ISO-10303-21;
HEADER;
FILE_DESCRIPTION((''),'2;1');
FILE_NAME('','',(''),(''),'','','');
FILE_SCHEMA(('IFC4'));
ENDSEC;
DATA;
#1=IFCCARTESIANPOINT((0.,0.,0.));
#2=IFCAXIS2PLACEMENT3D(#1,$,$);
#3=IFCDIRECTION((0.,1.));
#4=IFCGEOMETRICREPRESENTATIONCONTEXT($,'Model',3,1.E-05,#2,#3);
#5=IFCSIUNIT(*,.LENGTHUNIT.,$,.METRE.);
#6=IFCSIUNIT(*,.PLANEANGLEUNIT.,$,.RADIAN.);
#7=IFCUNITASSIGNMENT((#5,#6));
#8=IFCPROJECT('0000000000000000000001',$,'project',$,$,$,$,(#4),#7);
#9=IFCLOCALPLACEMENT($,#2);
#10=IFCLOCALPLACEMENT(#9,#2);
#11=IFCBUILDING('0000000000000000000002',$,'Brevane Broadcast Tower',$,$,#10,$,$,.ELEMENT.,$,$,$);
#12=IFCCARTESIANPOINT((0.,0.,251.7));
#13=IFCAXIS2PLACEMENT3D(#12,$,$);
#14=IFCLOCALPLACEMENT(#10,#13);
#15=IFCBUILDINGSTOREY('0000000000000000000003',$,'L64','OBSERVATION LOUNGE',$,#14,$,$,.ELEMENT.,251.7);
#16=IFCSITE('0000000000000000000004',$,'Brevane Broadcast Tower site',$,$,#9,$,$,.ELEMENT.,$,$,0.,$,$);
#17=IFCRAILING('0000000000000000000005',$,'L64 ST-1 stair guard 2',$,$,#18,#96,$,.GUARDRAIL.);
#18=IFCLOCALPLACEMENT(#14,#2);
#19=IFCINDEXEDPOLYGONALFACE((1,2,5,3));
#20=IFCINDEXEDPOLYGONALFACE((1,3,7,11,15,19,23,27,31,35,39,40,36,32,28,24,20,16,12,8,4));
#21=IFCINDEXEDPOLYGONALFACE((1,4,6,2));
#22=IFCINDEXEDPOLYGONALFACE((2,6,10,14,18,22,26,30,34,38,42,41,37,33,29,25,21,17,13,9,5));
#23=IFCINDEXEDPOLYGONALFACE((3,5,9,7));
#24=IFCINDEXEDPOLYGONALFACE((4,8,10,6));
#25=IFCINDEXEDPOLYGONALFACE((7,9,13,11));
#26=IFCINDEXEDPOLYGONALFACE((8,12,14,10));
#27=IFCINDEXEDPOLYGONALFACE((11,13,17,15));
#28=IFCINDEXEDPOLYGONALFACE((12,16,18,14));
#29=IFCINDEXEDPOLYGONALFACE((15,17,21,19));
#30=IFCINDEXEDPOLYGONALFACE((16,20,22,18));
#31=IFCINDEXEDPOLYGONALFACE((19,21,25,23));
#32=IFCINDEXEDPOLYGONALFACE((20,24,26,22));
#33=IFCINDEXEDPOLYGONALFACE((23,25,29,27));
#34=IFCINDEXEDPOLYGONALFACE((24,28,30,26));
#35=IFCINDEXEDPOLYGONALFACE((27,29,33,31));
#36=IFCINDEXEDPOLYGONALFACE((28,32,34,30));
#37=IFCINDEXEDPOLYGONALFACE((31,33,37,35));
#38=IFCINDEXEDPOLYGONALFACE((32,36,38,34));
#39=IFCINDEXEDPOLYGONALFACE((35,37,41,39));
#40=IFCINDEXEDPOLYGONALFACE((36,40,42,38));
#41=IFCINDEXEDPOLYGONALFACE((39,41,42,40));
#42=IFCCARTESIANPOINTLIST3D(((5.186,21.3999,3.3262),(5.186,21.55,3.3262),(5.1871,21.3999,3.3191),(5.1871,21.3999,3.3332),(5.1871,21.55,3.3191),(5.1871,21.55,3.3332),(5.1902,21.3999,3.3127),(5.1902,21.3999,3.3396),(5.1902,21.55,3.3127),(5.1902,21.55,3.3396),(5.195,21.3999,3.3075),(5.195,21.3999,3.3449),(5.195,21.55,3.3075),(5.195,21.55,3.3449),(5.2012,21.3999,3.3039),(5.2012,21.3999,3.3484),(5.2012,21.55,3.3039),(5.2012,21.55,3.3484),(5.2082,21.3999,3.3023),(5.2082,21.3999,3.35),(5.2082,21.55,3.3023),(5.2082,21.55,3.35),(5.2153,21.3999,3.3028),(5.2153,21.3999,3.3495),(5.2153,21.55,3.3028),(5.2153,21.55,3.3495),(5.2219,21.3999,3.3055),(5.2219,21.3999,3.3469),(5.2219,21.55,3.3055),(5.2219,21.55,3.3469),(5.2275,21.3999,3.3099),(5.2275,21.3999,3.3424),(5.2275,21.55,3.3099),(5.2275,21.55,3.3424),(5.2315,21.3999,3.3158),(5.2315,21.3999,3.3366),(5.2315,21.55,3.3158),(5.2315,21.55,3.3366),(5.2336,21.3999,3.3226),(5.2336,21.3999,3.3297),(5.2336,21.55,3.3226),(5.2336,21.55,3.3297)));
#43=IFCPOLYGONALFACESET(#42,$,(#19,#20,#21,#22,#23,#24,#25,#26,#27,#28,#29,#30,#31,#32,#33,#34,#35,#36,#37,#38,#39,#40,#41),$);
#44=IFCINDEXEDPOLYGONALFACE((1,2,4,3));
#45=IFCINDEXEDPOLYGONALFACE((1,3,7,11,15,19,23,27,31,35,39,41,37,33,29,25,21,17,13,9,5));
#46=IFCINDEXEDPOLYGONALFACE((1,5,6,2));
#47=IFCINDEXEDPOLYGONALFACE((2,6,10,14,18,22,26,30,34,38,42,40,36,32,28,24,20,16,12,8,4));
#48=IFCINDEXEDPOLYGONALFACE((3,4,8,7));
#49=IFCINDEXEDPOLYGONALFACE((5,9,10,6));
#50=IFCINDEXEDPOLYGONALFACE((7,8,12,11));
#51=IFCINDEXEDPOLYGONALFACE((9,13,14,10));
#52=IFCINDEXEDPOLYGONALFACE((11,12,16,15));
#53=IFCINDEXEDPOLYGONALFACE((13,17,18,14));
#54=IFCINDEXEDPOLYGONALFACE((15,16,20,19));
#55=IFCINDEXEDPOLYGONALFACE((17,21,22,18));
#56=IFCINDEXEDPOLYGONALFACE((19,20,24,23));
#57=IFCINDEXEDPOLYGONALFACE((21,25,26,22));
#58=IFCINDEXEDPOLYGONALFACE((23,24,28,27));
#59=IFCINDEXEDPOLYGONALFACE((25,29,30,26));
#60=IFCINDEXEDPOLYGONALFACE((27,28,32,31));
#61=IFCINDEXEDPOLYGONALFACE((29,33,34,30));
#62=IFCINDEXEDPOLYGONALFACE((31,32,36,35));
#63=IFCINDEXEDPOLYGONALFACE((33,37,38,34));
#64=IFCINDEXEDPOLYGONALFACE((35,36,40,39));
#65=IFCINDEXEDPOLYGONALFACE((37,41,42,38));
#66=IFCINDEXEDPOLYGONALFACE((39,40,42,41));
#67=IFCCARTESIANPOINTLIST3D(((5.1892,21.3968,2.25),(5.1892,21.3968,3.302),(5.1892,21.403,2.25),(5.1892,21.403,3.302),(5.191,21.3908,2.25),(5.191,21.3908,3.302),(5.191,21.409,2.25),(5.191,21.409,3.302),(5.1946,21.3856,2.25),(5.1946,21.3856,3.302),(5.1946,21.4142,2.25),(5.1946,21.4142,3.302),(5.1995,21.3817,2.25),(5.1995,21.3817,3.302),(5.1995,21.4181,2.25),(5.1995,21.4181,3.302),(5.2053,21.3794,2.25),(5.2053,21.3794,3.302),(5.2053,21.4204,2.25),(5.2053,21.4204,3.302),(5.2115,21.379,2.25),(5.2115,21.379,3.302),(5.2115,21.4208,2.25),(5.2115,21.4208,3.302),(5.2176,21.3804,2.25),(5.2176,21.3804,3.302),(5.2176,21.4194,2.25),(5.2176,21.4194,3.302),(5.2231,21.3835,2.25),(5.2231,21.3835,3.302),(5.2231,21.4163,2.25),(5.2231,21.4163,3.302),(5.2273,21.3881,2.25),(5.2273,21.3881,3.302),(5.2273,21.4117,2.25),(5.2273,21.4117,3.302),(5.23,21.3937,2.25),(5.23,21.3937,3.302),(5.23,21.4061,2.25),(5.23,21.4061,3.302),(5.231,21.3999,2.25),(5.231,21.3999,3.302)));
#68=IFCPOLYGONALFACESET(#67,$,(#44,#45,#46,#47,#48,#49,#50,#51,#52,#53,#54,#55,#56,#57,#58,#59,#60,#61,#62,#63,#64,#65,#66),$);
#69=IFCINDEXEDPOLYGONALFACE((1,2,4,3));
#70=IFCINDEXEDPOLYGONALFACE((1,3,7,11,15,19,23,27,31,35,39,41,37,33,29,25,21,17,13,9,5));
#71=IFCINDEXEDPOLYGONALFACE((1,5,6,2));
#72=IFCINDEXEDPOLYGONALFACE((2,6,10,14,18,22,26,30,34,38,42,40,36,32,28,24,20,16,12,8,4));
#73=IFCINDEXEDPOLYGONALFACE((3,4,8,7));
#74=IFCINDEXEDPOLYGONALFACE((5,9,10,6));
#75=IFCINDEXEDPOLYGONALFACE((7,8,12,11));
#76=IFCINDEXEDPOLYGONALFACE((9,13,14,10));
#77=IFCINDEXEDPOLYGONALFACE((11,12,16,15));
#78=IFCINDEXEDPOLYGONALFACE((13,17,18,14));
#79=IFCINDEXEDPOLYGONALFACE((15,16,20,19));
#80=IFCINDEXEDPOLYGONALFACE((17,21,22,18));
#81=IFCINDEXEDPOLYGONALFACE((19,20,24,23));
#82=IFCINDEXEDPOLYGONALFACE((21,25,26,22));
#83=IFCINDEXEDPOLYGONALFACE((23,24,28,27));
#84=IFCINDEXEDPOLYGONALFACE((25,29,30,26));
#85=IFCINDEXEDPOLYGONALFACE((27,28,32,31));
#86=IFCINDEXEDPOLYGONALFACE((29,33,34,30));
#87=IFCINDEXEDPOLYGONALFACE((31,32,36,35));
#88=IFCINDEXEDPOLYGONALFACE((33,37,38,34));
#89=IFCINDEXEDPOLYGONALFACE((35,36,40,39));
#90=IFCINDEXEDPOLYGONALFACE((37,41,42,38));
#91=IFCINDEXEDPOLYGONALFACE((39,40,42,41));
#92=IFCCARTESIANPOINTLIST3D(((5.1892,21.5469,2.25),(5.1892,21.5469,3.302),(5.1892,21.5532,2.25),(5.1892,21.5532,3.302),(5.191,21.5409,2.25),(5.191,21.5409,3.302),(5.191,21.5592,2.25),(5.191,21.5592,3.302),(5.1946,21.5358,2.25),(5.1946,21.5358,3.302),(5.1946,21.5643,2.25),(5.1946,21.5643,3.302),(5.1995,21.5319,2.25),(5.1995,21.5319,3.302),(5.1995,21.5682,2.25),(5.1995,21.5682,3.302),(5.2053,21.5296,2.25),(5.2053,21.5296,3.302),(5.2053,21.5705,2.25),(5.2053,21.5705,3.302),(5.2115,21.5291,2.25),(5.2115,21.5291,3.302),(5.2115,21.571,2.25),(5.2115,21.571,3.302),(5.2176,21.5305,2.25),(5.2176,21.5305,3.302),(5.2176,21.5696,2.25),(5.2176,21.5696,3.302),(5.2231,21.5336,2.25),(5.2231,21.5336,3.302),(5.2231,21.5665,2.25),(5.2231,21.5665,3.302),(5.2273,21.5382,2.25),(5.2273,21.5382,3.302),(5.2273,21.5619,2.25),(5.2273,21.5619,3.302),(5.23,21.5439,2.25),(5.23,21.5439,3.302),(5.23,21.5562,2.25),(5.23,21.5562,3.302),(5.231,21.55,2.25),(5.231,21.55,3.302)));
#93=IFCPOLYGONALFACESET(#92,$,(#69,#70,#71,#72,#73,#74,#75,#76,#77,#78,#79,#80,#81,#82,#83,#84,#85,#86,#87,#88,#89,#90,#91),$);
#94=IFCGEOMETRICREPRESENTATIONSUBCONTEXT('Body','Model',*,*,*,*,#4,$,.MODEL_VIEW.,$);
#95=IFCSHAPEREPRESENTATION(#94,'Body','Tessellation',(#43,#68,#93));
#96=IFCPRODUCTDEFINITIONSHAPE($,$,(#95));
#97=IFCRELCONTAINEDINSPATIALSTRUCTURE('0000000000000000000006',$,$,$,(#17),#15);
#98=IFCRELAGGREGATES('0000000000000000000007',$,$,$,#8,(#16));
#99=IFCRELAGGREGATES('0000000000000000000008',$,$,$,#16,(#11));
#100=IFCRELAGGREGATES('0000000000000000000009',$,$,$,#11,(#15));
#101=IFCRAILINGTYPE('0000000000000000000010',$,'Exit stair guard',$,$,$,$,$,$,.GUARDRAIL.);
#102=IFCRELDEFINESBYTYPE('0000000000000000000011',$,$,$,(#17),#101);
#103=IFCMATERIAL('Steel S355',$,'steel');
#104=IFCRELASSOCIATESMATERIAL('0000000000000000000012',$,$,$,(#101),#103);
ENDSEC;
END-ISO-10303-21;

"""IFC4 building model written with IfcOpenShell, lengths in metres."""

from ifc_helpers import new_model, si_unit, direction, frame, origin, origin_2d, place, context, subcontext, project, spatial, circle, extrude, material, type_object, element, save


model = new_model("IFC4")

# Units and contexts
model_context = context("Model", 3, precision=1e-05, world=origin(), true_north=direction((0.0, 1.0)))
body_context = subcontext(model_context, "Body", "Model", "MODEL_VIEW")
ifc_project = project(units=[si_unit("LENGTHUNIT", "METRE"), si_unit("PLANEANGLEUNIT", "RADIAN")], contexts=[model_context])

# Site, building, storey
site_placement = place(None, origin())
site = spatial("IfcSite", under=ifc_project, at=site_placement, Name="Brevane Broadcast Tower site", CompositionType="ELEMENT", RefElevation=0.0)
building_placement = place(site_placement, origin())
building = spatial("IfcBuilding", under=site, at=building_placement, Name="Brevane Broadcast Tower", CompositionType="ELEMENT")
storey_placement = place(building_placement, frame((0.0, 0.0, 251.7)))
storey = spatial("IfcBuildingStorey", under=building, at=storey_placement, Name="L64", Description="OBSERVATION LOUNGE", CompositionType="ELEMENT", Elevation=251.7)

# Railing
ifc_material_1 = material(Name="Steel S355", Category="steel")
railing_type_1 = type_object("IfcRailingType", Name="Exit stair guard", PredefinedType="GUARDRAIL", material=ifc_material_1)
railing_1_placement = place(storey_placement, frame((5.21, 21.3999, 2.25)))
element("IfcRailing", 1, at=railing_1_placement, inside=storey, type_object=railing_type_1, Name="L64 ST-1 stair guard 2", PredefinedType="GUARDRAIL", context=body_context, shape_type="SweptSolid", body=[
    extrude(circle(Radius=0.0239, at=origin_2d()), frame((0.0, 0.0, 1.0762), z_axis=(0.0, 1.0, 0.0), x_axis=(-1.0, 0.0, 0.0)), (0.0, 0.0, 1.0), 0.1501),
    extrude(circle(Radius=0.021, at=origin_2d()), origin(), (0.0, 0.0, 1.0), 1.052),
    extrude(circle(Radius=0.021, at=origin_2d()), frame((0.0, 0.1501, 0.0)), (0.0, 0.0, 1.0), 1.052),
])

save(model, "model.ifc")
